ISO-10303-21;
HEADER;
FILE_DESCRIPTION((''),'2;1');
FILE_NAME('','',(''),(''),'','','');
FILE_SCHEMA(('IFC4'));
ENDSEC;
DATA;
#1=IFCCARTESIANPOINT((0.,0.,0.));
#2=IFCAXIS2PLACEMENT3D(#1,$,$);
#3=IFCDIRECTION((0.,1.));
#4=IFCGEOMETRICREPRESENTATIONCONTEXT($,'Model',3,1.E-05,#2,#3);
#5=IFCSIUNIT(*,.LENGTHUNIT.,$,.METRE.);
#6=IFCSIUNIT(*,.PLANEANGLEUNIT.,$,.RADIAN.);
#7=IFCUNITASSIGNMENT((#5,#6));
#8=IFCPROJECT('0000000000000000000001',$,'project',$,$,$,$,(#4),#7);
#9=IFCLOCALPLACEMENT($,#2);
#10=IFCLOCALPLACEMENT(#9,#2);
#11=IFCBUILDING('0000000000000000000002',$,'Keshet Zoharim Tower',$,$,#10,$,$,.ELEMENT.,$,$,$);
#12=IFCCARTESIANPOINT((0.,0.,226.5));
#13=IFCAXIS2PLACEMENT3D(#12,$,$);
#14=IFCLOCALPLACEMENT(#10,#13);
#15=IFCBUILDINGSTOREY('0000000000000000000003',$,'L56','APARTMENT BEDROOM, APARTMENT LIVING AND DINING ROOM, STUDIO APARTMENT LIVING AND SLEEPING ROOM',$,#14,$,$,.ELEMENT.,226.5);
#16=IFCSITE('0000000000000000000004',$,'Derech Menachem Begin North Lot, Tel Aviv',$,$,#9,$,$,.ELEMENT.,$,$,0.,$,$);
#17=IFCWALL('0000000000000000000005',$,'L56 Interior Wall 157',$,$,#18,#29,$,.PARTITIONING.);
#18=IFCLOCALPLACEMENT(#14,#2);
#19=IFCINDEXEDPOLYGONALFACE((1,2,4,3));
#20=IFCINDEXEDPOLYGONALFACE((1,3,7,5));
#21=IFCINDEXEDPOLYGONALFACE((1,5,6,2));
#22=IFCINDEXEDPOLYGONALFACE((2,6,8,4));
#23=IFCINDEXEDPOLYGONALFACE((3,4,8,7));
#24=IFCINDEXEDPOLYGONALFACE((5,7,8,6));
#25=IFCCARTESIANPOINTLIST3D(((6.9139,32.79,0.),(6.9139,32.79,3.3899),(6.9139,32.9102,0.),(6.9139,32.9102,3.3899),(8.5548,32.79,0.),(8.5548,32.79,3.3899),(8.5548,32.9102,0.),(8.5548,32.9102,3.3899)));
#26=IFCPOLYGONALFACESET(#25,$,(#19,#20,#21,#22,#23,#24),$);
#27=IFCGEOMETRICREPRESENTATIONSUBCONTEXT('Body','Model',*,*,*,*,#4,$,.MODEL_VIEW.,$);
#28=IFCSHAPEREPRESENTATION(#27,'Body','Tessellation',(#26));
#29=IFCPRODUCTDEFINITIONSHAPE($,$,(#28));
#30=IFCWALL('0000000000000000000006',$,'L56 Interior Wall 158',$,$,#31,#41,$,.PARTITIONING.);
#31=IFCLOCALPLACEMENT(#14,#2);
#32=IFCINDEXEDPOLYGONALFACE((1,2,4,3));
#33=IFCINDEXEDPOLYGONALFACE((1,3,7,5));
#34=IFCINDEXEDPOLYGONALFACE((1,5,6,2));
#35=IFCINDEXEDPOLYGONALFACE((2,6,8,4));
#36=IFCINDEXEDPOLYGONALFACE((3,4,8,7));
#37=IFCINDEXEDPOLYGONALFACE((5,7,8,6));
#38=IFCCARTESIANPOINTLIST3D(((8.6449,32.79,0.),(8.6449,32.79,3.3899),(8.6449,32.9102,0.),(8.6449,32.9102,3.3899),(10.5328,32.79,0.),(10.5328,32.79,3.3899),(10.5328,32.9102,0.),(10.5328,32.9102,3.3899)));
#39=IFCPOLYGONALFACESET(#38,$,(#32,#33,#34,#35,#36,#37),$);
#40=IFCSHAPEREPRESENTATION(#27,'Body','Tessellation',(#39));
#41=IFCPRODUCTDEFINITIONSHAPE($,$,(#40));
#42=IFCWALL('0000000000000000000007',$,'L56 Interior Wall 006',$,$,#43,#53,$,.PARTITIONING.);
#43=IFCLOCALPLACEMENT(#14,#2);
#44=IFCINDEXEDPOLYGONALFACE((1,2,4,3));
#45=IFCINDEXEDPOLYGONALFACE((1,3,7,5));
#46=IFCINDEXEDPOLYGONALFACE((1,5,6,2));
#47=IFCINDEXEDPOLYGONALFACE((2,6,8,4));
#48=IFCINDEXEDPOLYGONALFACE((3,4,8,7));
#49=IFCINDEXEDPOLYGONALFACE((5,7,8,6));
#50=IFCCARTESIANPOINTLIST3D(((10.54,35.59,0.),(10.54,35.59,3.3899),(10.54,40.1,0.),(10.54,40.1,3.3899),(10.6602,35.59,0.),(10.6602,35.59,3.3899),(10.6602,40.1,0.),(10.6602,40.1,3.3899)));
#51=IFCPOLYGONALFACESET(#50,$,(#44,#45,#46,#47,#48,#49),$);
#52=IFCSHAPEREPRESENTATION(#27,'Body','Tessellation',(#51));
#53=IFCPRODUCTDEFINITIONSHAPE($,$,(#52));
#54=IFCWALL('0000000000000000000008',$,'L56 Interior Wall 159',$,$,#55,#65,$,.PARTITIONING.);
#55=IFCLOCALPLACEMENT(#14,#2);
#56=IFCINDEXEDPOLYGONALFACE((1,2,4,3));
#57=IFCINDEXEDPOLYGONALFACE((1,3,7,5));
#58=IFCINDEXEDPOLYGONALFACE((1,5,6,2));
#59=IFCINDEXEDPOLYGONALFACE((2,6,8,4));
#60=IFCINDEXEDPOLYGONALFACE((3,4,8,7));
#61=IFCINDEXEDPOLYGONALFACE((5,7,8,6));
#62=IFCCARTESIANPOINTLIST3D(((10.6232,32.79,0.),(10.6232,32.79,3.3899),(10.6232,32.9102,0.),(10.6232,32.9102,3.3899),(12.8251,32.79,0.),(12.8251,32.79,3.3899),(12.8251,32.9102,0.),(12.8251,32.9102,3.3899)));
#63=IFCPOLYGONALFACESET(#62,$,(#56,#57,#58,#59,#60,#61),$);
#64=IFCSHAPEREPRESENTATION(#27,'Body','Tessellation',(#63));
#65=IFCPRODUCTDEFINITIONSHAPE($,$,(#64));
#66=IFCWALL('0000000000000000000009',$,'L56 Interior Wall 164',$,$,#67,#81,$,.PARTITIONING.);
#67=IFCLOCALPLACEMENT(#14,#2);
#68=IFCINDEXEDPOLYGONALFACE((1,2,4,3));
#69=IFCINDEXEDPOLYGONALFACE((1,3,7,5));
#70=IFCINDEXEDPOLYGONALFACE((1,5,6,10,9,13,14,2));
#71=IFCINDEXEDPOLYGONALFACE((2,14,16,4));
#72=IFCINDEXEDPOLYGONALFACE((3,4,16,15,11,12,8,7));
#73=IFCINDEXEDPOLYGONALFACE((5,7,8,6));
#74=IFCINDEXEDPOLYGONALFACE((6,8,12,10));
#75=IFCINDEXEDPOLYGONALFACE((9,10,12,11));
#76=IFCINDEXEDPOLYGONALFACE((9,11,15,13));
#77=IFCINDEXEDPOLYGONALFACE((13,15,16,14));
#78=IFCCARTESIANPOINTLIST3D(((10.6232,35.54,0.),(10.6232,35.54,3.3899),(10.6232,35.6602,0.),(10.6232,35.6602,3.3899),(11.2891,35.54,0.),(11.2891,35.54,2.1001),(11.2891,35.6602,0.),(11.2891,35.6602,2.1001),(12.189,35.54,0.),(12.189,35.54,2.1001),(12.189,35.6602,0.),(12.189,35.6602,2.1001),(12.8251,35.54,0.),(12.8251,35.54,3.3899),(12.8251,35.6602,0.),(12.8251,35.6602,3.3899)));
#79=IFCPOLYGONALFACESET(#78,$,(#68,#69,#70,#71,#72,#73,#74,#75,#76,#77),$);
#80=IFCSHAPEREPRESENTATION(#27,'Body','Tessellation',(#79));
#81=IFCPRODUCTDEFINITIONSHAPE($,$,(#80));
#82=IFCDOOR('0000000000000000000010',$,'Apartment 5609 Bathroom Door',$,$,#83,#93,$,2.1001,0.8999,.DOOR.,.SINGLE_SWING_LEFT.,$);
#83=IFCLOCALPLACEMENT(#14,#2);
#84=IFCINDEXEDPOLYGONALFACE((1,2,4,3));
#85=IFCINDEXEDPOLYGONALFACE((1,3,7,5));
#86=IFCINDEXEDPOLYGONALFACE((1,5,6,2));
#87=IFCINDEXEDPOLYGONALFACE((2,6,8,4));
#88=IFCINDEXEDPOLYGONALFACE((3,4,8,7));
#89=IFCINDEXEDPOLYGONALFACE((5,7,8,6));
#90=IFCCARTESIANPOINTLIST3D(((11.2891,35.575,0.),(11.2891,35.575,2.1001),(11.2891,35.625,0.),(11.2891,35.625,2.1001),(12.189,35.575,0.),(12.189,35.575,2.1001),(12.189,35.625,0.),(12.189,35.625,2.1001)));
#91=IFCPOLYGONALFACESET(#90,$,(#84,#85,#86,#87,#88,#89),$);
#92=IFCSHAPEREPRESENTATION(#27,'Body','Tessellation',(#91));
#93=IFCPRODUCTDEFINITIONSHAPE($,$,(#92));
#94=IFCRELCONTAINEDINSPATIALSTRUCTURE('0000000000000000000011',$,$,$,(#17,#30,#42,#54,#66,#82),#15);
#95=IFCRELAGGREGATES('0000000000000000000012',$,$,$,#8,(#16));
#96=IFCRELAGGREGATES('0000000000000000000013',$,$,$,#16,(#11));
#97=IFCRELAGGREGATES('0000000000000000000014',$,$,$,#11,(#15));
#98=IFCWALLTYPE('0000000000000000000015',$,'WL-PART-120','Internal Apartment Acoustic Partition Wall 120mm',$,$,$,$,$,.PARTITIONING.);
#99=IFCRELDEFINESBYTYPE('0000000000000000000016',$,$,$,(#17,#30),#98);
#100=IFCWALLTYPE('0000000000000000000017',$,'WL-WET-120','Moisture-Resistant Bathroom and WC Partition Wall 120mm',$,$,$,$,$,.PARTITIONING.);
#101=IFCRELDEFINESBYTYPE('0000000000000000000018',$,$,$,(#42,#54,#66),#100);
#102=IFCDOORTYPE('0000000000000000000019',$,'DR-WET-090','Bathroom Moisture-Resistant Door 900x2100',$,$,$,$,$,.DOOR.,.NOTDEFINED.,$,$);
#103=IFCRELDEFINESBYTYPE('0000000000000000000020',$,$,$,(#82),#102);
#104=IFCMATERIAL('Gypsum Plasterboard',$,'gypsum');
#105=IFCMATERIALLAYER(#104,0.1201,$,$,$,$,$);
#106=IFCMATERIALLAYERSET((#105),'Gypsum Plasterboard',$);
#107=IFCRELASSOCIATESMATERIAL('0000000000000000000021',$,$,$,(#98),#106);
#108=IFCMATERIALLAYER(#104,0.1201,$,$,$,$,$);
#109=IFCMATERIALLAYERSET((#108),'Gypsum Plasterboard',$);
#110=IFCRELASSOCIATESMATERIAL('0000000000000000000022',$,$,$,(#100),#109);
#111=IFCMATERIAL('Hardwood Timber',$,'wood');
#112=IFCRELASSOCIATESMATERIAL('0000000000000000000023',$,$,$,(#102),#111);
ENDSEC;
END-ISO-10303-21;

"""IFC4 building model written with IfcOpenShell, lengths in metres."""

from ifc_helpers import new_model, si_unit, direction, frame, frame_2d, origin, place, context, subcontext, project, spatial, rectangle, extrude, material, layer, layer_set, type_object, element, fill, save


model = new_model("IFC4")

# Units and contexts
model_context = context("Model", 3, precision=1e-05, world=origin(), true_north=direction((0.0, 1.0)))
body_context = subcontext(model_context, "Body", "Model", "MODEL_VIEW")
ifc_project = project(units=[si_unit("LENGTHUNIT", "METRE"), si_unit("PLANEANGLEUNIT", "RADIAN")], contexts=[model_context])

# Site, building, storey
site_placement = place(None, origin())
site = spatial("IfcSite", under=ifc_project, at=site_placement, Name="Derech Menachem Begin North Lot, Tel Aviv", CompositionType="ELEMENT", RefElevation=0.0)
building_placement = place(site_placement, origin())
building = spatial("IfcBuilding", under=site, at=building_placement, Name="Keshet Zoharim Tower", CompositionType="ELEMENT")
storey_placement = place(building_placement, frame((0.0, 0.0, 226.5)))
storey = spatial("IfcBuildingStorey", under=building, at=storey_placement, Name="L56", Description="APARTMENT BEDROOM, APARTMENT LIVING AND DINING ROOM, STUDIO APARTMENT LIVING AND SLEEPING ROOM", CompositionType="ELEMENT", Elevation=226.5)

# Shared definitions
ifc_material_1 = material(Name="Gypsum Plasterboard", Category="gypsum")
ifc_material_2 = material(Name="Hardwood Timber", Category="wood")

# Walls
ifc_layer_1 = layer(ifc_material_1, 0.1201)
ifc_layer_set_1 = layer_set([ifc_layer_1], Name="Gypsum Plasterboard")
wall_type_1 = type_object("IfcWallType", Name="WL-PART-120", Description="Internal Apartment Acoustic Partition Wall 120mm", PredefinedType="PARTITIONING", material=ifc_layer_set_1)
wall_1_placement = place(storey_placement, frame((6.9141, 32.8501, 0.0), z_axis=(0.0, 0.0, 1.0), x_axis=(1.0, 0.0, 0.0)))
element("IfcWall", 1, at=wall_1_placement, inside=storey, type_object=wall_type_1, Name="L56 Interior Wall 157", PredefinedType="PARTITIONING", context=body_context, shape_type="SweptSolid", body=[
    extrude(rectangle(XDim=1.6409, YDim=0.1201, at=frame_2d((0.8203, 0.0))), origin(), (0.0, 0.0, 1.0), 3.3899),
])
wall_2_placement = place(storey_placement, frame((8.645, 32.8501, 0.0), z_axis=(0.0, 0.0, 1.0), x_axis=(1.0, 0.0, 0.0)))
element("IfcWall", 2, at=wall_2_placement, inside=storey, type_object=wall_type_1, Name="L56 Interior Wall 158", PredefinedType="PARTITIONING", context=body_context, shape_type="SweptSolid", body=[
    extrude(rectangle(XDim=1.8879, YDim=0.1201, at=frame_2d((0.9438, 0.0))), origin(), (0.0, 0.0, 1.0), 3.3899),
])

# Walls
ifc_layer_2 = layer(ifc_material_1, 0.1201)
ifc_layer_set_2 = layer_set([ifc_layer_2], Name="Gypsum Plasterboard")
wall_type_2 = type_object("IfcWallType", Name="WL-WET-120", Description="Moisture-Resistant Bathroom and WC Partition Wall 120mm", PredefinedType="PARTITIONING", material=ifc_layer_set_2)
wall_3_placement = place(storey_placement, frame((10.6001, 35.5901, 0.0), z_axis=(0.0, 0.0, 1.0), x_axis=(0.0, 1.0, 0.0)))
element("IfcWall", 3, at=wall_3_placement, inside=storey, type_object=wall_type_2, Name="L56 Interior Wall 006", PredefinedType="PARTITIONING", context=body_context, shape_type="SweptSolid", body=[
    extrude(rectangle(XDim=4.51, YDim=0.1201, at=frame_2d((2.2549, 0.0))), origin(), (0.0, 0.0, 1.0), 3.3899),
])
wall_4_placement = place(storey_placement, frame((10.623, 32.8501, 0.0), z_axis=(0.0, 0.0, 1.0), x_axis=(1.0, 0.0, 0.0)))
element("IfcWall", 4, at=wall_4_placement, inside=storey, type_object=wall_type_2, Name="L56 Interior Wall 159", PredefinedType="PARTITIONING", context=body_context, shape_type="SweptSolid", body=[
    extrude(rectangle(XDim=2.2019, YDim=0.1201, at=frame_2d((1.1011, 0.0))), origin(), (0.0, 0.0, 1.0), 3.3899),
])

# Wall, opening, door
wall_5_placement = place(storey_placement, frame((10.623, 35.6001, 0.0), z_axis=(0.0, 0.0, 1.0), x_axis=(1.0, 0.0, 0.0)))
wall_5 = element("IfcWall", 5, at=wall_5_placement, inside=storey, type_object=wall_type_2, Name="L56 Interior Wall 164", PredefinedType="PARTITIONING", context=body_context, shape_type="SweptSolid", body=[
    extrude(rectangle(XDim=2.2019, YDim=0.1201, at=frame_2d((1.1011, 0.0))), origin(), (0.0, 0.0, 1.0), 3.3899),
])
opening_1_placement = place(wall_5_placement, frame((0.666, 0.0, 0.0)))
opening_1 = element("IfcOpeningElement", 6, at=opening_1_placement, cuts=wall_5, PredefinedType="OPENING", context=body_context, shape_type="SweptSolid", body=[
    extrude(rectangle(XDim=0.8999, YDim=2.1001, at=frame_2d((0.45, 1.05))), frame((0.0, 0.0701, 0.0), z_axis=(0.0, -1.0, 0.0), x_axis=(1.0, 0.0, 0.0)), (0.0, 0.0, 1.0), 0.1401),
])
door_type_1 = type_object("IfcDoorType", Name="DR-WET-090", Description="Bathroom Moisture-Resistant Door 900x2100", OperationType="NOTDEFINED", PredefinedType="DOOR", material=ifc_material_2)
door_1_placement = place(opening_1_placement, origin())
door_1 = element("IfcDoor", 7, at=door_1_placement, inside=storey, type_object=door_type_1, Name="Apartment 5609 Bathroom Door", OperationType="SINGLE_SWING_LEFT", OverallHeight=2.1001, OverallWidth=0.8999, PredefinedType="DOOR", context=body_context, shape_type="SweptSolid", body=[
    extrude(rectangle(XDim=0.8999, YDim=2.1001, at=frame_2d((0.45, 1.05))), frame((0.0, 0.0249, 0.0), z_axis=(0.0, -1.0, 0.0), x_axis=(1.0, 0.0, 0.0)), (0.0, 0.0, 1.0), 0.05),
])
fill(opening_1, door_1)

save(model, "model.ifc")
